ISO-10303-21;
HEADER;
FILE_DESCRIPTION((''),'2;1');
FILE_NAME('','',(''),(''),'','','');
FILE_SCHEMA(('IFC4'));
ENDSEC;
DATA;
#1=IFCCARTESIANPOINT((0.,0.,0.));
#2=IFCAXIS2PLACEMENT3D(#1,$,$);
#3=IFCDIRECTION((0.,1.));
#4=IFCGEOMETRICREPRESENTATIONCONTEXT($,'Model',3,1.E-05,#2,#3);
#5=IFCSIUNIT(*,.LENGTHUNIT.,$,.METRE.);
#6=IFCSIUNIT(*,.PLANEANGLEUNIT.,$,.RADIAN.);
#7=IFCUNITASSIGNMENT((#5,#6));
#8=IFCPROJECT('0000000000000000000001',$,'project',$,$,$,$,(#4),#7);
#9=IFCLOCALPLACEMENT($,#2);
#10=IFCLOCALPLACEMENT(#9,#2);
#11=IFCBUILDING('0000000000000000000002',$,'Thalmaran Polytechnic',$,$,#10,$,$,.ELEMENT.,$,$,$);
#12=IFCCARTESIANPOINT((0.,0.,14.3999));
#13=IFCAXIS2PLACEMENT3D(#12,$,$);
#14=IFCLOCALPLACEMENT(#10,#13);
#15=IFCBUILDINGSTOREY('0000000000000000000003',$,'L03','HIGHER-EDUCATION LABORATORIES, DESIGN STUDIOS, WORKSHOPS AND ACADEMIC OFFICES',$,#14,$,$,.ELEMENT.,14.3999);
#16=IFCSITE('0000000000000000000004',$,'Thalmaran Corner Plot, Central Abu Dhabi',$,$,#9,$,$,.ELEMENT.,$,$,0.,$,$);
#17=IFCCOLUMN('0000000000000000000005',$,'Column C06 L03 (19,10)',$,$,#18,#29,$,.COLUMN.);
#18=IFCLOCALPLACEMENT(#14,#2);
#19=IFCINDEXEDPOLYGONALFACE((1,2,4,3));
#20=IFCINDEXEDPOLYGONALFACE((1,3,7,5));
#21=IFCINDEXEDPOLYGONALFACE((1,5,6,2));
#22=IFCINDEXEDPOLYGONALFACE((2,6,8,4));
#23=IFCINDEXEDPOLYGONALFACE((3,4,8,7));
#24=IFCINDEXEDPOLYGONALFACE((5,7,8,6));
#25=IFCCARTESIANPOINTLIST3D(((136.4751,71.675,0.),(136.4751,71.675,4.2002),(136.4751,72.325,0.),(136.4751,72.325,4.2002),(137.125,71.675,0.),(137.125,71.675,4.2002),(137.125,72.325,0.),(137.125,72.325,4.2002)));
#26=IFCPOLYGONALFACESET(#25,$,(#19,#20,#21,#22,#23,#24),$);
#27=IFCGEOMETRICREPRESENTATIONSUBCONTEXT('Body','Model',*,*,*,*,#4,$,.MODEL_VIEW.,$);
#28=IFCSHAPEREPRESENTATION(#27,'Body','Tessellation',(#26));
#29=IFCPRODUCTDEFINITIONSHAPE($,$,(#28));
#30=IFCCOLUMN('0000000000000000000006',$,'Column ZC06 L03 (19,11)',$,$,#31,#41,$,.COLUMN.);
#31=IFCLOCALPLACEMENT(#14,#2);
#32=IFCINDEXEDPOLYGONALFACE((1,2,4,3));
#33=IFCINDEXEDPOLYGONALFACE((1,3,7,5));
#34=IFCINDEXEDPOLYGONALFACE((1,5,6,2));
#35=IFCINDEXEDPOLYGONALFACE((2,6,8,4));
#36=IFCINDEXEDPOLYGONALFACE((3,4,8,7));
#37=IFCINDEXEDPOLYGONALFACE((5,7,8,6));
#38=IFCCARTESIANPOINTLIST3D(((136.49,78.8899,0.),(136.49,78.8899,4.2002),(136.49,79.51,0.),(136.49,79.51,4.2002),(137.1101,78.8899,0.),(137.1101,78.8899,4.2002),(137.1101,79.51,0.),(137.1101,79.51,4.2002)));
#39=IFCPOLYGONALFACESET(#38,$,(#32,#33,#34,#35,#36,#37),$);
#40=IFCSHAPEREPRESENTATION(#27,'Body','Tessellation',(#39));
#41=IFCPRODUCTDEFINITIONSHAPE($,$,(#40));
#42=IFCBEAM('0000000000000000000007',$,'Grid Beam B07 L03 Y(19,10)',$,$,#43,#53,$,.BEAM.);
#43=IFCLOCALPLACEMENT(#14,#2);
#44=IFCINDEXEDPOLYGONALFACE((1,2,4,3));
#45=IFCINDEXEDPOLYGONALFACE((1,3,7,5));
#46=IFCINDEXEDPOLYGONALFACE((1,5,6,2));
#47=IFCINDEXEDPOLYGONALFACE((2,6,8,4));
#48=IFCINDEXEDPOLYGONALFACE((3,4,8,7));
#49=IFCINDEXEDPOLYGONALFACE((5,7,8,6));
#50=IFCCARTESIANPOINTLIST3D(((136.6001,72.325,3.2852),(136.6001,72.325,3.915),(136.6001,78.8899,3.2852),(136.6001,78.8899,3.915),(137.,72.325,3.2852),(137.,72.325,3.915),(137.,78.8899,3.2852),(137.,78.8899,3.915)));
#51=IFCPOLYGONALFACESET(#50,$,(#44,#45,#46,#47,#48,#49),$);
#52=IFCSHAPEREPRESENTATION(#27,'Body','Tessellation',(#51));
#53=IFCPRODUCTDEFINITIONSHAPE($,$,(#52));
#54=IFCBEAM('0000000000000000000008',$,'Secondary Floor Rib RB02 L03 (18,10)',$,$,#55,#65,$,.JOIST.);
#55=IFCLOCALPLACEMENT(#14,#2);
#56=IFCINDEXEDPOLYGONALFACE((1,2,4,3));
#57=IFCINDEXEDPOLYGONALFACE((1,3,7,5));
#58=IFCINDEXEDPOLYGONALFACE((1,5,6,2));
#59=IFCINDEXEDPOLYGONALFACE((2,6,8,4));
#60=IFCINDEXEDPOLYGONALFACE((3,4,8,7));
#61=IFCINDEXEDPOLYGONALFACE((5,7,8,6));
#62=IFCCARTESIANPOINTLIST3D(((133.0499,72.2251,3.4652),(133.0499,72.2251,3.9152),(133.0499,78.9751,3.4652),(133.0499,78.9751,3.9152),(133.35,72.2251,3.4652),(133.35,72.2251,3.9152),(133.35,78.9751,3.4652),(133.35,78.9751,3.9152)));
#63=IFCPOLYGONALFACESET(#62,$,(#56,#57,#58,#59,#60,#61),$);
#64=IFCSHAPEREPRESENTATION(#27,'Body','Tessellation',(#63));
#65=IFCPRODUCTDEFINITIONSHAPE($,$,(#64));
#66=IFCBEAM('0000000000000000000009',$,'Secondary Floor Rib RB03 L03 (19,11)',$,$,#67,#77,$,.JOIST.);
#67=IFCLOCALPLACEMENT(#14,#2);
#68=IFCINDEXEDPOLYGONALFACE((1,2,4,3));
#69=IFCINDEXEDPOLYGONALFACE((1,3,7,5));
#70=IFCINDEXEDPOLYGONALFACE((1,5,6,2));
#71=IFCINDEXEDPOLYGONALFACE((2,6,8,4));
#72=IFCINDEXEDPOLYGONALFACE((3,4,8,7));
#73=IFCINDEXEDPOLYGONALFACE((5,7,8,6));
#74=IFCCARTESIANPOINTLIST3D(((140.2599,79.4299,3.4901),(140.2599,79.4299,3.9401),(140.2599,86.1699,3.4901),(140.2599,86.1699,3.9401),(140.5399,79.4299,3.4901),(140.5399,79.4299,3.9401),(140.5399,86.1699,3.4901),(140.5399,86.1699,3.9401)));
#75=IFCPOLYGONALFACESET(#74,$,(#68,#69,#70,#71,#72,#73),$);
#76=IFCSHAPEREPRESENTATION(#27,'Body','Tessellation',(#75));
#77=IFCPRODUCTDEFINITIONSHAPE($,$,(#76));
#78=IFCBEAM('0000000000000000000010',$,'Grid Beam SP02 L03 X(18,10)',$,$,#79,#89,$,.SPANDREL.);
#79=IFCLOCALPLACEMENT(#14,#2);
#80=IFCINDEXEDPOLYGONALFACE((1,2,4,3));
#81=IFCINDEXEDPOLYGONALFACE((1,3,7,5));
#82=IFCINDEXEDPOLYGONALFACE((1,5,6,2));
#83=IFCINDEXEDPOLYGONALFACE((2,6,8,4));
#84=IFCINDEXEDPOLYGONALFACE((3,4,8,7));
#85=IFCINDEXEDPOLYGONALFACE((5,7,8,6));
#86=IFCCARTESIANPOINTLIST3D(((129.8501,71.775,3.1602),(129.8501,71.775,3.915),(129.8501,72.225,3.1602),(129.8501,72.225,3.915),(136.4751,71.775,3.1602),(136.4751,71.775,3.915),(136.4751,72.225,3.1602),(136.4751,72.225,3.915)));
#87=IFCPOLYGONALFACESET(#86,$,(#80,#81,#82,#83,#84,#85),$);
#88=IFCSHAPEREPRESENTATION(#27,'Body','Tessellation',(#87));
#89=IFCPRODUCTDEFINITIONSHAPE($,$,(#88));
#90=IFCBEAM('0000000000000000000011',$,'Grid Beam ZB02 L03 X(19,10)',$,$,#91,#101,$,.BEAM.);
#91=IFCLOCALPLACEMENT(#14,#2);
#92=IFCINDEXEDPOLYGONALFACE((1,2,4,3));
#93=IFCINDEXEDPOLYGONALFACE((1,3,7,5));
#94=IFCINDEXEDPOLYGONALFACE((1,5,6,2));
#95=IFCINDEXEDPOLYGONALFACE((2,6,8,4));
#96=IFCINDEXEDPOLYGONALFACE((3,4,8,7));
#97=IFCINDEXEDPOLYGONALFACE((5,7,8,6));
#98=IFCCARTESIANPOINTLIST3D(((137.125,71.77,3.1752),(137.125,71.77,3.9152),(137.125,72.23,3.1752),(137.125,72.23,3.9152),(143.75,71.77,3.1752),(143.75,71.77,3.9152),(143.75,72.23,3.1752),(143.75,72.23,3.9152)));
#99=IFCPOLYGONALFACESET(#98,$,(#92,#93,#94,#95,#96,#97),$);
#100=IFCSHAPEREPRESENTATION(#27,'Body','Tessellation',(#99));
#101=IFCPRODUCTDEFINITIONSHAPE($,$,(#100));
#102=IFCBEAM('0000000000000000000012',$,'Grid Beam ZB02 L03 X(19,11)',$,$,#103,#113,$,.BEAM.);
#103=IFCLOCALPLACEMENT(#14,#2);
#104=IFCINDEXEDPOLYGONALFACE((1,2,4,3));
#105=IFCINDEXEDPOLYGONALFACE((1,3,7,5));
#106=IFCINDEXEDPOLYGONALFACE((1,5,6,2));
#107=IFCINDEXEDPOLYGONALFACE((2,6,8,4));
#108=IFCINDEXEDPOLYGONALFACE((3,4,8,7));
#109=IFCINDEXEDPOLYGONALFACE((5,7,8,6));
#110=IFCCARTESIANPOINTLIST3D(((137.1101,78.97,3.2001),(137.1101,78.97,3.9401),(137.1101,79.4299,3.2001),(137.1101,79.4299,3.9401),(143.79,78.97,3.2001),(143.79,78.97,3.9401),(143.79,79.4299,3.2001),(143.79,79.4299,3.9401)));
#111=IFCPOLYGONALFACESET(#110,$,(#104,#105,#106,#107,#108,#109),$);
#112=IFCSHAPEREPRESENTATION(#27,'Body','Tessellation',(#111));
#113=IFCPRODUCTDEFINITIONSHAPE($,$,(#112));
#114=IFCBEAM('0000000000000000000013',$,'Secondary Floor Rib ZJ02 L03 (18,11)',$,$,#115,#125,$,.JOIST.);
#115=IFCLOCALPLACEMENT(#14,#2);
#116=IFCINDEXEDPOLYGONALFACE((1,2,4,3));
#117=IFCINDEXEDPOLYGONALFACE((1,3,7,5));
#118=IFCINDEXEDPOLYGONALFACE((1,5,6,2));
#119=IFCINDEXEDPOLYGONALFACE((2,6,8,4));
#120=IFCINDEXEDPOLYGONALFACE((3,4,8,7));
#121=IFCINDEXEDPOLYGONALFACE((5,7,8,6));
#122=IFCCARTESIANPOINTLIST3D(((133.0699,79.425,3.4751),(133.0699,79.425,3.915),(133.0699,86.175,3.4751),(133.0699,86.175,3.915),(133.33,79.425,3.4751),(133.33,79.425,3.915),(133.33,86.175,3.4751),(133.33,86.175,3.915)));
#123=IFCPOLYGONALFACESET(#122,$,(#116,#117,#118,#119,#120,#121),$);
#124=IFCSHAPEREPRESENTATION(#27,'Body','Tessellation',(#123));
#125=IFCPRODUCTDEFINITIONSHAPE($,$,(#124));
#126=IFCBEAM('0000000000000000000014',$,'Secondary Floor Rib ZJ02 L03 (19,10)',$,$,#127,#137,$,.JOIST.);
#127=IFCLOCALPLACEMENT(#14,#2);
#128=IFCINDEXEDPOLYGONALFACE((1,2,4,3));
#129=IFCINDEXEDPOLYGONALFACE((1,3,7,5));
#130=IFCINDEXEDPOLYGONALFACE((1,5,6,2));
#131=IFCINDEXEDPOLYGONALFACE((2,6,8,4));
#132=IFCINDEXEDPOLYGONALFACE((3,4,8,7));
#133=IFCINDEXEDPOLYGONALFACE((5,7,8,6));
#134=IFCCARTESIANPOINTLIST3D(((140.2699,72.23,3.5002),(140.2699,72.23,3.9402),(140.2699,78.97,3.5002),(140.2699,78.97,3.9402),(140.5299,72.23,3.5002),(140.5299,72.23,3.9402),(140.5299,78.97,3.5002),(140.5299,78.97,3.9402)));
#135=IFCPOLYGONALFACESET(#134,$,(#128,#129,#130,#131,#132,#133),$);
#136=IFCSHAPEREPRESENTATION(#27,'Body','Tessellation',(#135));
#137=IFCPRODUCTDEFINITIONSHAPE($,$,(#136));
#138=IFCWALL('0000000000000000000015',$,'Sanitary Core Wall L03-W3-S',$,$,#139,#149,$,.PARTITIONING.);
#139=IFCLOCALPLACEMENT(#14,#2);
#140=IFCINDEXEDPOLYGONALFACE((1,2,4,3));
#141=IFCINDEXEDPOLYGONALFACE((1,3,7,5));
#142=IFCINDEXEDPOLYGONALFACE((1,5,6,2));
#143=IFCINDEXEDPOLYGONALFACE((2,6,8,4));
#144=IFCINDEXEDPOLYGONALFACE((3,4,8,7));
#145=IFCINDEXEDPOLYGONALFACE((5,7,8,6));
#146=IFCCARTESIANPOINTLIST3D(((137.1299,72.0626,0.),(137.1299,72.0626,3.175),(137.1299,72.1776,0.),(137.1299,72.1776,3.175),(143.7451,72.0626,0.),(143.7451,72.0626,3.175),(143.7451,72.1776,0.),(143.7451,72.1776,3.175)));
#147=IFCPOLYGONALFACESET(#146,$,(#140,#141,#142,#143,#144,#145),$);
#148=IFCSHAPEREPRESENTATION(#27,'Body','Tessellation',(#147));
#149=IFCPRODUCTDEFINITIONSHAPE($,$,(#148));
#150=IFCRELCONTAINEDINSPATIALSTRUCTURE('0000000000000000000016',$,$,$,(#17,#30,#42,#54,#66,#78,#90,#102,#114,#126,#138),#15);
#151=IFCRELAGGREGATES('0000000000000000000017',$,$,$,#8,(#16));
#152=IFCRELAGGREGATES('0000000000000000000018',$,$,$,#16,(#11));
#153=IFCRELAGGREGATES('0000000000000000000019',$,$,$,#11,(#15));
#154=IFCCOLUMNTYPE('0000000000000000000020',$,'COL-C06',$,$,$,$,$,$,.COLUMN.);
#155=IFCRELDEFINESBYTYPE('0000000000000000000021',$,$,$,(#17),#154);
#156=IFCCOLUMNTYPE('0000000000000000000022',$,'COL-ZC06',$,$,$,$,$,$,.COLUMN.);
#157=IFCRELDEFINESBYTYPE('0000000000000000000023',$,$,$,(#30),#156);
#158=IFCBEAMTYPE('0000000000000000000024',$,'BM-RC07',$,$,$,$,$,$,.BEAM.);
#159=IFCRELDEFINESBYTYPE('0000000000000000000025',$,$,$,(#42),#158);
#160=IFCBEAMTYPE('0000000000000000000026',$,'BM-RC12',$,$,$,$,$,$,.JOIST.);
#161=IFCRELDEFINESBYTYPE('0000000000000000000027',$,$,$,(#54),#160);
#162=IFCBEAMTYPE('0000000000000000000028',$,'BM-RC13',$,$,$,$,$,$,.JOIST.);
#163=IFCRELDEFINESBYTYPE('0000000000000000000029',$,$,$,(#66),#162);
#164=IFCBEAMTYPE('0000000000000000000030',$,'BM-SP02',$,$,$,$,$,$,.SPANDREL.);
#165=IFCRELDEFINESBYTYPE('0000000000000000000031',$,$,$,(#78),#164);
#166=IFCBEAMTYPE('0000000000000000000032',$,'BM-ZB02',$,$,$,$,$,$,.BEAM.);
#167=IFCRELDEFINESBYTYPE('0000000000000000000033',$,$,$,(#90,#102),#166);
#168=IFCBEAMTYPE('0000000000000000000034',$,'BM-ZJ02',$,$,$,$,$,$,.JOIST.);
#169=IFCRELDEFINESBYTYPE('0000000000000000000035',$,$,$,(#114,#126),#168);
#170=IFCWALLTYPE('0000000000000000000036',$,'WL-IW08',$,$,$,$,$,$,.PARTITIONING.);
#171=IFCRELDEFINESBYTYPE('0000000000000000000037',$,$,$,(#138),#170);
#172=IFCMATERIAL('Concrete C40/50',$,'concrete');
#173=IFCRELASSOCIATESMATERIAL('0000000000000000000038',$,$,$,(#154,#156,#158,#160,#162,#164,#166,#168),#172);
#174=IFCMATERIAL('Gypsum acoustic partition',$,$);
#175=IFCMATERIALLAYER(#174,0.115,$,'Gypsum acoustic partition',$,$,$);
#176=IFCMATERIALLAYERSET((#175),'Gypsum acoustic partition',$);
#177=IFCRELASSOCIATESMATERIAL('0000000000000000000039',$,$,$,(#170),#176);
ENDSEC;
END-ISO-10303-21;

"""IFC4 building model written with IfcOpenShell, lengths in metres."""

from ifc_helpers import new_model, si_unit, direction, frame, frame_2d, origin, origin_2d, place, context, subcontext, project, spatial, rectangle, extrude, material, layer, layer_set, material_profile, profile_set, type_object, element, save


model = new_model("IFC4")

# Units and contexts
model_context = context("Model", 3, precision=1e-05, world=origin(), true_north=direction((0.0, 1.0)))
body_context = subcontext(model_context, "Body", "Model", "MODEL_VIEW")
ifc_project = project(units=[si_unit("LENGTHUNIT", "METRE"), si_unit("PLANEANGLEUNIT", "RADIAN")], contexts=[model_context])

# Site, building, storey
site_placement = place(None, origin())
site = spatial("IfcSite", under=ifc_project, at=site_placement, Name="Thalmaran Corner Plot, Central Abu Dhabi", CompositionType="ELEMENT", RefElevation=0.0)
building_placement = place(site_placement, origin())
building = spatial("IfcBuilding", under=site, at=building_placement, Name="Thalmaran Polytechnic", CompositionType="ELEMENT")
storey_placement = place(building_placement, frame((0.0, 0.0, 14.3999)))
storey = spatial("IfcBuildingStorey", under=building, at=storey_placement, Name="L03", Description="HIGHER-EDUCATION LABORATORIES, DESIGN STUDIOS, WORKSHOPS AND ACADEMIC OFFICES", CompositionType="ELEMENT", Elevation=14.3999)

# Columns
ifc_material_1 = material(Name="Concrete C40/50", Category="concrete")
ifc_material_profile_1 = material_profile(ifc_material_1, rectangle(XDim=0.6499, YDim=0.6499, at=origin_2d()), Name="RC 650x650")
ifc_profile_set_1 = profile_set([ifc_material_profile_1], Name="Concrete C40/50")
column_type_1 = type_object("IfcColumnType", Name="COL-C06", PredefinedType="COLUMN", material=ifc_profile_set_1)
column_1_placement = place(storey_placement, frame((136.8, 72.0, 0.0), z_axis=(0.0, 0.0, 1.0), x_axis=(1.0, 0.0, 0.0)))
element("IfcColumn", 1, at=column_1_placement, inside=storey, type_object=column_type_1, Name="Column C06 L03 (19,10)", PredefinedType="COLUMN", context=body_context, shape_type="SweptSolid", body=[
    extrude(rectangle(XDim=0.6499, YDim=0.6499, at=origin_2d()), origin(), (0.0, 0.0, 1.0), 4.2002),
])
ifc_material_profile_2 = material_profile(ifc_material_1, rectangle(XDim=0.6201, YDim=0.6201, at=origin_2d()), Name="RC 620x620")
ifc_profile_set_2 = profile_set([ifc_material_profile_2], Name="Concrete C40/50")
column_type_2 = type_object("IfcColumnType", Name="COL-ZC06", PredefinedType="COLUMN", material=ifc_profile_set_2)
column_2_placement = place(storey_placement, frame((136.8, 79.2, 0.0), z_axis=(0.0, 0.0, 1.0), x_axis=(1.0, 0.0, 0.0)))
element("IfcColumn", 2, at=column_2_placement, inside=storey, type_object=column_type_2, Name="Column ZC06 L03 (19,11)", PredefinedType="COLUMN", context=body_context, shape_type="SweptSolid", body=[
    extrude(rectangle(XDim=0.6201, YDim=0.6201, at=origin_2d()), origin(), (0.0, 0.0, 1.0), 4.2002),
])

# Beams
ifc_material_profile_3 = material_profile(ifc_material_1, rectangle(XDim=0.3999, YDim=0.6299, at=origin_2d()), Name="RC 400x630")
ifc_profile_set_3 = profile_set([ifc_material_profile_3], Name="Concrete C40/50")
beam_type_1 = type_object("IfcBeamType", Name="BM-RC07", PredefinedType="BEAM", material=ifc_profile_set_3)
beam_1_placement = place(storey_placement, frame((136.8, 72.325, 3.6001), z_axis=(0.0, 1.0, 0.0), x_axis=(-1.0, 0.0, 0.0)))
element("IfcBeam", 3, at=beam_1_placement, inside=storey, type_object=beam_type_1, Name="Grid Beam B07 L03 Y(19,10)", PredefinedType="BEAM", context=body_context, shape_type="SweptSolid", body=[
    extrude(rectangle(XDim=0.3999, YDim=0.6299, at=origin_2d()), origin(), (0.0, 0.0, 1.0), 6.5649),
])
ifc_material_profile_4 = material_profile(ifc_material_1, rectangle(XDim=0.3, YDim=0.45, at=origin_2d()), Name="RC 300x450")
ifc_profile_set_4 = profile_set([ifc_material_profile_4], Name="Concrete C40/50")
beam_type_2 = type_object("IfcBeamType", Name="BM-RC12", PredefinedType="JOIST", material=ifc_profile_set_4)
beam_2_placement = place(storey_placement, frame((133.2, 72.2251, 3.6902), z_axis=(0.0, 1.0, 0.0), x_axis=(-1.0, 0.0, 0.0)))
element("IfcBeam", 4, at=beam_2_placement, inside=storey, type_object=beam_type_2, Name="Secondary Floor Rib RB02 L03 (18,10)", PredefinedType="JOIST", context=body_context, shape_type="SweptSolid", body=[
    extrude(rectangle(XDim=0.3, YDim=0.45, at=origin_2d()), origin(), (0.0, 0.0, 1.0), 6.75),
])
ifc_material_profile_5 = material_profile(ifc_material_1, rectangle(XDim=0.28, YDim=0.45, at=origin_2d()), Name="RC 280x450")
ifc_profile_set_5 = profile_set([ifc_material_profile_5], Name="Concrete C40/50")
beam_type_3 = type_object("IfcBeamType", Name="BM-RC13", PredefinedType="JOIST", material=ifc_profile_set_5)
beam_3_placement = place(storey_placement, frame((140.3999, 79.4299, 3.7151), z_axis=(0.0, 1.0, 0.0), x_axis=(-1.0, 0.0, 0.0)))
element("IfcBeam", 5, at=beam_3_placement, inside=storey, type_object=beam_type_3, Name="Secondary Floor Rib RB03 L03 (19,11)", PredefinedType="JOIST", context=body_context, shape_type="SweptSolid", body=[
    extrude(rectangle(XDim=0.28, YDim=0.45, at=origin_2d()), origin(), (0.0, 0.0, 1.0), 6.74),
])
ifc_material_profile_6 = material_profile(ifc_material_1, rectangle(XDim=0.45, YDim=0.7549, at=origin_2d()), Name="RC 450x755")
ifc_profile_set_6 = profile_set([ifc_material_profile_6], Name="Concrete C40/50")
beam_type_4 = type_object("IfcBeamType", Name="BM-SP02", PredefinedType="SPANDREL", material=ifc_profile_set_6)
beam_4_placement = place(storey_placement, frame((129.8501, 72.0, 3.5376), z_axis=(1.0, 0.0, 0.0), x_axis=(0.0, 1.0, 0.0)))
element("IfcBeam", 6, at=beam_4_placement, inside=storey, type_object=beam_type_4, Name="Grid Beam SP02 L03 X(18,10)", PredefinedType="SPANDREL", context=body_context, shape_type="SweptSolid", body=[
    extrude(rectangle(XDim=0.45, YDim=0.7549, at=origin_2d()), origin(), (0.0, 0.0, 1.0), 6.625),
])
ifc_material_profile_7 = material_profile(ifc_material_1, rectangle(XDim=0.46, YDim=0.74, at=origin_2d()), Name="RC 460x740")
ifc_profile_set_7 = profile_set([ifc_material_profile_7], Name="Concrete C40/50")
beam_type_5 = type_object("IfcBeamType", Name="BM-ZB02", PredefinedType="BEAM", material=ifc_profile_set_7)
beam_5_placement = place(storey_placement, frame((137.125, 72.0, 3.5452), z_axis=(1.0, 0.0, 0.0), x_axis=(0.0, 1.0, 0.0)))
element("IfcBeam", 7, at=beam_5_placement, inside=storey, type_object=beam_type_5, Name="Grid Beam ZB02 L03 X(19,10)", PredefinedType="BEAM", context=body_context, shape_type="SweptSolid", body=[
    extrude(rectangle(XDim=0.46, YDim=0.74, at=origin_2d()), origin(), (0.0, 0.0, 1.0), 6.625),
])
beam_6_placement = place(storey_placement, frame((137.1101, 79.2, 3.5701), z_axis=(1.0, 0.0, 0.0), x_axis=(0.0, 1.0, 0.0)))
element("IfcBeam", 8, at=beam_6_placement, inside=storey, type_object=beam_type_5, Name="Grid Beam ZB02 L03 X(19,11)", PredefinedType="BEAM", context=body_context, shape_type="SweptSolid", body=[
    extrude(rectangle(XDim=0.46, YDim=0.74, at=origin_2d()), origin(), (0.0, 0.0, 1.0), 6.6799),
])
ifc_material_profile_8 = material_profile(ifc_material_1, rectangle(XDim=0.26, YDim=0.4399, at=origin_2d()), Name="RC 260x440")
ifc_profile_set_8 = profile_set([ifc_material_profile_8], Name="Concrete C40/50")
beam_type_6 = type_object("IfcBeamType", Name="BM-ZJ02", PredefinedType="JOIST", material=ifc_profile_set_8)
beam_7_placement = place(storey_placement, frame((133.2, 79.425, 3.6951), z_axis=(0.0, 1.0, 0.0), x_axis=(-1.0, 0.0, 0.0)))
element("IfcBeam", 9, at=beam_7_placement, inside=storey, type_object=beam_type_6, Name="Secondary Floor Rib ZJ02 L03 (18,11)", PredefinedType="JOIST", context=body_context, shape_type="SweptSolid", body=[
    extrude(rectangle(XDim=0.26, YDim=0.4399, at=origin_2d()), origin(), (0.0, 0.0, 1.0), 6.75),
])
beam_8_placement = place(storey_placement, frame((140.3999, 72.23, 3.7202), z_axis=(0.0, 1.0, 0.0), x_axis=(-1.0, 0.0, 0.0)))
element("IfcBeam", 10, at=beam_8_placement, inside=storey, type_object=beam_type_6, Name="Secondary Floor Rib ZJ02 L03 (19,10)", PredefinedType="JOIST", context=body_context, shape_type="SweptSolid", body=[
    extrude(rectangle(XDim=0.26, YDim=0.4399, at=origin_2d()), origin(), (0.0, 0.0, 1.0), 6.74),
])

# Wall
ifc_material_2 = material(Name="Gypsum acoustic partition")
ifc_layer_1 = layer(ifc_material_2, 0.115, Name="Gypsum acoustic partition")
ifc_layer_set_1 = layer_set([ifc_layer_1], Name="Gypsum acoustic partition")
wall_type_1 = type_object("IfcWallType", Name="WL-IW08", PredefinedType="PARTITIONING", material=ifc_layer_set_1)
wall_1_placement = place(storey_placement, frame((137.1299, 72.1201, 0.0), z_axis=(0.0, 0.0, 1.0), x_axis=(1.0, 0.0, 0.0)))
element("IfcWall", 11, at=wall_1_placement, inside=storey, type_object=wall_type_1, Name="Sanitary Core Wall L03-W3-S", PredefinedType="PARTITIONING", context=body_context, shape_type="SweptSolid", body=[
    extrude(rectangle(XDim=6.6152, YDim=0.115, at=frame_2d((3.3076, 0.0))), origin(), (0.0, 0.0, 1.0), 3.175),
])

save(model, "model.ifc")
